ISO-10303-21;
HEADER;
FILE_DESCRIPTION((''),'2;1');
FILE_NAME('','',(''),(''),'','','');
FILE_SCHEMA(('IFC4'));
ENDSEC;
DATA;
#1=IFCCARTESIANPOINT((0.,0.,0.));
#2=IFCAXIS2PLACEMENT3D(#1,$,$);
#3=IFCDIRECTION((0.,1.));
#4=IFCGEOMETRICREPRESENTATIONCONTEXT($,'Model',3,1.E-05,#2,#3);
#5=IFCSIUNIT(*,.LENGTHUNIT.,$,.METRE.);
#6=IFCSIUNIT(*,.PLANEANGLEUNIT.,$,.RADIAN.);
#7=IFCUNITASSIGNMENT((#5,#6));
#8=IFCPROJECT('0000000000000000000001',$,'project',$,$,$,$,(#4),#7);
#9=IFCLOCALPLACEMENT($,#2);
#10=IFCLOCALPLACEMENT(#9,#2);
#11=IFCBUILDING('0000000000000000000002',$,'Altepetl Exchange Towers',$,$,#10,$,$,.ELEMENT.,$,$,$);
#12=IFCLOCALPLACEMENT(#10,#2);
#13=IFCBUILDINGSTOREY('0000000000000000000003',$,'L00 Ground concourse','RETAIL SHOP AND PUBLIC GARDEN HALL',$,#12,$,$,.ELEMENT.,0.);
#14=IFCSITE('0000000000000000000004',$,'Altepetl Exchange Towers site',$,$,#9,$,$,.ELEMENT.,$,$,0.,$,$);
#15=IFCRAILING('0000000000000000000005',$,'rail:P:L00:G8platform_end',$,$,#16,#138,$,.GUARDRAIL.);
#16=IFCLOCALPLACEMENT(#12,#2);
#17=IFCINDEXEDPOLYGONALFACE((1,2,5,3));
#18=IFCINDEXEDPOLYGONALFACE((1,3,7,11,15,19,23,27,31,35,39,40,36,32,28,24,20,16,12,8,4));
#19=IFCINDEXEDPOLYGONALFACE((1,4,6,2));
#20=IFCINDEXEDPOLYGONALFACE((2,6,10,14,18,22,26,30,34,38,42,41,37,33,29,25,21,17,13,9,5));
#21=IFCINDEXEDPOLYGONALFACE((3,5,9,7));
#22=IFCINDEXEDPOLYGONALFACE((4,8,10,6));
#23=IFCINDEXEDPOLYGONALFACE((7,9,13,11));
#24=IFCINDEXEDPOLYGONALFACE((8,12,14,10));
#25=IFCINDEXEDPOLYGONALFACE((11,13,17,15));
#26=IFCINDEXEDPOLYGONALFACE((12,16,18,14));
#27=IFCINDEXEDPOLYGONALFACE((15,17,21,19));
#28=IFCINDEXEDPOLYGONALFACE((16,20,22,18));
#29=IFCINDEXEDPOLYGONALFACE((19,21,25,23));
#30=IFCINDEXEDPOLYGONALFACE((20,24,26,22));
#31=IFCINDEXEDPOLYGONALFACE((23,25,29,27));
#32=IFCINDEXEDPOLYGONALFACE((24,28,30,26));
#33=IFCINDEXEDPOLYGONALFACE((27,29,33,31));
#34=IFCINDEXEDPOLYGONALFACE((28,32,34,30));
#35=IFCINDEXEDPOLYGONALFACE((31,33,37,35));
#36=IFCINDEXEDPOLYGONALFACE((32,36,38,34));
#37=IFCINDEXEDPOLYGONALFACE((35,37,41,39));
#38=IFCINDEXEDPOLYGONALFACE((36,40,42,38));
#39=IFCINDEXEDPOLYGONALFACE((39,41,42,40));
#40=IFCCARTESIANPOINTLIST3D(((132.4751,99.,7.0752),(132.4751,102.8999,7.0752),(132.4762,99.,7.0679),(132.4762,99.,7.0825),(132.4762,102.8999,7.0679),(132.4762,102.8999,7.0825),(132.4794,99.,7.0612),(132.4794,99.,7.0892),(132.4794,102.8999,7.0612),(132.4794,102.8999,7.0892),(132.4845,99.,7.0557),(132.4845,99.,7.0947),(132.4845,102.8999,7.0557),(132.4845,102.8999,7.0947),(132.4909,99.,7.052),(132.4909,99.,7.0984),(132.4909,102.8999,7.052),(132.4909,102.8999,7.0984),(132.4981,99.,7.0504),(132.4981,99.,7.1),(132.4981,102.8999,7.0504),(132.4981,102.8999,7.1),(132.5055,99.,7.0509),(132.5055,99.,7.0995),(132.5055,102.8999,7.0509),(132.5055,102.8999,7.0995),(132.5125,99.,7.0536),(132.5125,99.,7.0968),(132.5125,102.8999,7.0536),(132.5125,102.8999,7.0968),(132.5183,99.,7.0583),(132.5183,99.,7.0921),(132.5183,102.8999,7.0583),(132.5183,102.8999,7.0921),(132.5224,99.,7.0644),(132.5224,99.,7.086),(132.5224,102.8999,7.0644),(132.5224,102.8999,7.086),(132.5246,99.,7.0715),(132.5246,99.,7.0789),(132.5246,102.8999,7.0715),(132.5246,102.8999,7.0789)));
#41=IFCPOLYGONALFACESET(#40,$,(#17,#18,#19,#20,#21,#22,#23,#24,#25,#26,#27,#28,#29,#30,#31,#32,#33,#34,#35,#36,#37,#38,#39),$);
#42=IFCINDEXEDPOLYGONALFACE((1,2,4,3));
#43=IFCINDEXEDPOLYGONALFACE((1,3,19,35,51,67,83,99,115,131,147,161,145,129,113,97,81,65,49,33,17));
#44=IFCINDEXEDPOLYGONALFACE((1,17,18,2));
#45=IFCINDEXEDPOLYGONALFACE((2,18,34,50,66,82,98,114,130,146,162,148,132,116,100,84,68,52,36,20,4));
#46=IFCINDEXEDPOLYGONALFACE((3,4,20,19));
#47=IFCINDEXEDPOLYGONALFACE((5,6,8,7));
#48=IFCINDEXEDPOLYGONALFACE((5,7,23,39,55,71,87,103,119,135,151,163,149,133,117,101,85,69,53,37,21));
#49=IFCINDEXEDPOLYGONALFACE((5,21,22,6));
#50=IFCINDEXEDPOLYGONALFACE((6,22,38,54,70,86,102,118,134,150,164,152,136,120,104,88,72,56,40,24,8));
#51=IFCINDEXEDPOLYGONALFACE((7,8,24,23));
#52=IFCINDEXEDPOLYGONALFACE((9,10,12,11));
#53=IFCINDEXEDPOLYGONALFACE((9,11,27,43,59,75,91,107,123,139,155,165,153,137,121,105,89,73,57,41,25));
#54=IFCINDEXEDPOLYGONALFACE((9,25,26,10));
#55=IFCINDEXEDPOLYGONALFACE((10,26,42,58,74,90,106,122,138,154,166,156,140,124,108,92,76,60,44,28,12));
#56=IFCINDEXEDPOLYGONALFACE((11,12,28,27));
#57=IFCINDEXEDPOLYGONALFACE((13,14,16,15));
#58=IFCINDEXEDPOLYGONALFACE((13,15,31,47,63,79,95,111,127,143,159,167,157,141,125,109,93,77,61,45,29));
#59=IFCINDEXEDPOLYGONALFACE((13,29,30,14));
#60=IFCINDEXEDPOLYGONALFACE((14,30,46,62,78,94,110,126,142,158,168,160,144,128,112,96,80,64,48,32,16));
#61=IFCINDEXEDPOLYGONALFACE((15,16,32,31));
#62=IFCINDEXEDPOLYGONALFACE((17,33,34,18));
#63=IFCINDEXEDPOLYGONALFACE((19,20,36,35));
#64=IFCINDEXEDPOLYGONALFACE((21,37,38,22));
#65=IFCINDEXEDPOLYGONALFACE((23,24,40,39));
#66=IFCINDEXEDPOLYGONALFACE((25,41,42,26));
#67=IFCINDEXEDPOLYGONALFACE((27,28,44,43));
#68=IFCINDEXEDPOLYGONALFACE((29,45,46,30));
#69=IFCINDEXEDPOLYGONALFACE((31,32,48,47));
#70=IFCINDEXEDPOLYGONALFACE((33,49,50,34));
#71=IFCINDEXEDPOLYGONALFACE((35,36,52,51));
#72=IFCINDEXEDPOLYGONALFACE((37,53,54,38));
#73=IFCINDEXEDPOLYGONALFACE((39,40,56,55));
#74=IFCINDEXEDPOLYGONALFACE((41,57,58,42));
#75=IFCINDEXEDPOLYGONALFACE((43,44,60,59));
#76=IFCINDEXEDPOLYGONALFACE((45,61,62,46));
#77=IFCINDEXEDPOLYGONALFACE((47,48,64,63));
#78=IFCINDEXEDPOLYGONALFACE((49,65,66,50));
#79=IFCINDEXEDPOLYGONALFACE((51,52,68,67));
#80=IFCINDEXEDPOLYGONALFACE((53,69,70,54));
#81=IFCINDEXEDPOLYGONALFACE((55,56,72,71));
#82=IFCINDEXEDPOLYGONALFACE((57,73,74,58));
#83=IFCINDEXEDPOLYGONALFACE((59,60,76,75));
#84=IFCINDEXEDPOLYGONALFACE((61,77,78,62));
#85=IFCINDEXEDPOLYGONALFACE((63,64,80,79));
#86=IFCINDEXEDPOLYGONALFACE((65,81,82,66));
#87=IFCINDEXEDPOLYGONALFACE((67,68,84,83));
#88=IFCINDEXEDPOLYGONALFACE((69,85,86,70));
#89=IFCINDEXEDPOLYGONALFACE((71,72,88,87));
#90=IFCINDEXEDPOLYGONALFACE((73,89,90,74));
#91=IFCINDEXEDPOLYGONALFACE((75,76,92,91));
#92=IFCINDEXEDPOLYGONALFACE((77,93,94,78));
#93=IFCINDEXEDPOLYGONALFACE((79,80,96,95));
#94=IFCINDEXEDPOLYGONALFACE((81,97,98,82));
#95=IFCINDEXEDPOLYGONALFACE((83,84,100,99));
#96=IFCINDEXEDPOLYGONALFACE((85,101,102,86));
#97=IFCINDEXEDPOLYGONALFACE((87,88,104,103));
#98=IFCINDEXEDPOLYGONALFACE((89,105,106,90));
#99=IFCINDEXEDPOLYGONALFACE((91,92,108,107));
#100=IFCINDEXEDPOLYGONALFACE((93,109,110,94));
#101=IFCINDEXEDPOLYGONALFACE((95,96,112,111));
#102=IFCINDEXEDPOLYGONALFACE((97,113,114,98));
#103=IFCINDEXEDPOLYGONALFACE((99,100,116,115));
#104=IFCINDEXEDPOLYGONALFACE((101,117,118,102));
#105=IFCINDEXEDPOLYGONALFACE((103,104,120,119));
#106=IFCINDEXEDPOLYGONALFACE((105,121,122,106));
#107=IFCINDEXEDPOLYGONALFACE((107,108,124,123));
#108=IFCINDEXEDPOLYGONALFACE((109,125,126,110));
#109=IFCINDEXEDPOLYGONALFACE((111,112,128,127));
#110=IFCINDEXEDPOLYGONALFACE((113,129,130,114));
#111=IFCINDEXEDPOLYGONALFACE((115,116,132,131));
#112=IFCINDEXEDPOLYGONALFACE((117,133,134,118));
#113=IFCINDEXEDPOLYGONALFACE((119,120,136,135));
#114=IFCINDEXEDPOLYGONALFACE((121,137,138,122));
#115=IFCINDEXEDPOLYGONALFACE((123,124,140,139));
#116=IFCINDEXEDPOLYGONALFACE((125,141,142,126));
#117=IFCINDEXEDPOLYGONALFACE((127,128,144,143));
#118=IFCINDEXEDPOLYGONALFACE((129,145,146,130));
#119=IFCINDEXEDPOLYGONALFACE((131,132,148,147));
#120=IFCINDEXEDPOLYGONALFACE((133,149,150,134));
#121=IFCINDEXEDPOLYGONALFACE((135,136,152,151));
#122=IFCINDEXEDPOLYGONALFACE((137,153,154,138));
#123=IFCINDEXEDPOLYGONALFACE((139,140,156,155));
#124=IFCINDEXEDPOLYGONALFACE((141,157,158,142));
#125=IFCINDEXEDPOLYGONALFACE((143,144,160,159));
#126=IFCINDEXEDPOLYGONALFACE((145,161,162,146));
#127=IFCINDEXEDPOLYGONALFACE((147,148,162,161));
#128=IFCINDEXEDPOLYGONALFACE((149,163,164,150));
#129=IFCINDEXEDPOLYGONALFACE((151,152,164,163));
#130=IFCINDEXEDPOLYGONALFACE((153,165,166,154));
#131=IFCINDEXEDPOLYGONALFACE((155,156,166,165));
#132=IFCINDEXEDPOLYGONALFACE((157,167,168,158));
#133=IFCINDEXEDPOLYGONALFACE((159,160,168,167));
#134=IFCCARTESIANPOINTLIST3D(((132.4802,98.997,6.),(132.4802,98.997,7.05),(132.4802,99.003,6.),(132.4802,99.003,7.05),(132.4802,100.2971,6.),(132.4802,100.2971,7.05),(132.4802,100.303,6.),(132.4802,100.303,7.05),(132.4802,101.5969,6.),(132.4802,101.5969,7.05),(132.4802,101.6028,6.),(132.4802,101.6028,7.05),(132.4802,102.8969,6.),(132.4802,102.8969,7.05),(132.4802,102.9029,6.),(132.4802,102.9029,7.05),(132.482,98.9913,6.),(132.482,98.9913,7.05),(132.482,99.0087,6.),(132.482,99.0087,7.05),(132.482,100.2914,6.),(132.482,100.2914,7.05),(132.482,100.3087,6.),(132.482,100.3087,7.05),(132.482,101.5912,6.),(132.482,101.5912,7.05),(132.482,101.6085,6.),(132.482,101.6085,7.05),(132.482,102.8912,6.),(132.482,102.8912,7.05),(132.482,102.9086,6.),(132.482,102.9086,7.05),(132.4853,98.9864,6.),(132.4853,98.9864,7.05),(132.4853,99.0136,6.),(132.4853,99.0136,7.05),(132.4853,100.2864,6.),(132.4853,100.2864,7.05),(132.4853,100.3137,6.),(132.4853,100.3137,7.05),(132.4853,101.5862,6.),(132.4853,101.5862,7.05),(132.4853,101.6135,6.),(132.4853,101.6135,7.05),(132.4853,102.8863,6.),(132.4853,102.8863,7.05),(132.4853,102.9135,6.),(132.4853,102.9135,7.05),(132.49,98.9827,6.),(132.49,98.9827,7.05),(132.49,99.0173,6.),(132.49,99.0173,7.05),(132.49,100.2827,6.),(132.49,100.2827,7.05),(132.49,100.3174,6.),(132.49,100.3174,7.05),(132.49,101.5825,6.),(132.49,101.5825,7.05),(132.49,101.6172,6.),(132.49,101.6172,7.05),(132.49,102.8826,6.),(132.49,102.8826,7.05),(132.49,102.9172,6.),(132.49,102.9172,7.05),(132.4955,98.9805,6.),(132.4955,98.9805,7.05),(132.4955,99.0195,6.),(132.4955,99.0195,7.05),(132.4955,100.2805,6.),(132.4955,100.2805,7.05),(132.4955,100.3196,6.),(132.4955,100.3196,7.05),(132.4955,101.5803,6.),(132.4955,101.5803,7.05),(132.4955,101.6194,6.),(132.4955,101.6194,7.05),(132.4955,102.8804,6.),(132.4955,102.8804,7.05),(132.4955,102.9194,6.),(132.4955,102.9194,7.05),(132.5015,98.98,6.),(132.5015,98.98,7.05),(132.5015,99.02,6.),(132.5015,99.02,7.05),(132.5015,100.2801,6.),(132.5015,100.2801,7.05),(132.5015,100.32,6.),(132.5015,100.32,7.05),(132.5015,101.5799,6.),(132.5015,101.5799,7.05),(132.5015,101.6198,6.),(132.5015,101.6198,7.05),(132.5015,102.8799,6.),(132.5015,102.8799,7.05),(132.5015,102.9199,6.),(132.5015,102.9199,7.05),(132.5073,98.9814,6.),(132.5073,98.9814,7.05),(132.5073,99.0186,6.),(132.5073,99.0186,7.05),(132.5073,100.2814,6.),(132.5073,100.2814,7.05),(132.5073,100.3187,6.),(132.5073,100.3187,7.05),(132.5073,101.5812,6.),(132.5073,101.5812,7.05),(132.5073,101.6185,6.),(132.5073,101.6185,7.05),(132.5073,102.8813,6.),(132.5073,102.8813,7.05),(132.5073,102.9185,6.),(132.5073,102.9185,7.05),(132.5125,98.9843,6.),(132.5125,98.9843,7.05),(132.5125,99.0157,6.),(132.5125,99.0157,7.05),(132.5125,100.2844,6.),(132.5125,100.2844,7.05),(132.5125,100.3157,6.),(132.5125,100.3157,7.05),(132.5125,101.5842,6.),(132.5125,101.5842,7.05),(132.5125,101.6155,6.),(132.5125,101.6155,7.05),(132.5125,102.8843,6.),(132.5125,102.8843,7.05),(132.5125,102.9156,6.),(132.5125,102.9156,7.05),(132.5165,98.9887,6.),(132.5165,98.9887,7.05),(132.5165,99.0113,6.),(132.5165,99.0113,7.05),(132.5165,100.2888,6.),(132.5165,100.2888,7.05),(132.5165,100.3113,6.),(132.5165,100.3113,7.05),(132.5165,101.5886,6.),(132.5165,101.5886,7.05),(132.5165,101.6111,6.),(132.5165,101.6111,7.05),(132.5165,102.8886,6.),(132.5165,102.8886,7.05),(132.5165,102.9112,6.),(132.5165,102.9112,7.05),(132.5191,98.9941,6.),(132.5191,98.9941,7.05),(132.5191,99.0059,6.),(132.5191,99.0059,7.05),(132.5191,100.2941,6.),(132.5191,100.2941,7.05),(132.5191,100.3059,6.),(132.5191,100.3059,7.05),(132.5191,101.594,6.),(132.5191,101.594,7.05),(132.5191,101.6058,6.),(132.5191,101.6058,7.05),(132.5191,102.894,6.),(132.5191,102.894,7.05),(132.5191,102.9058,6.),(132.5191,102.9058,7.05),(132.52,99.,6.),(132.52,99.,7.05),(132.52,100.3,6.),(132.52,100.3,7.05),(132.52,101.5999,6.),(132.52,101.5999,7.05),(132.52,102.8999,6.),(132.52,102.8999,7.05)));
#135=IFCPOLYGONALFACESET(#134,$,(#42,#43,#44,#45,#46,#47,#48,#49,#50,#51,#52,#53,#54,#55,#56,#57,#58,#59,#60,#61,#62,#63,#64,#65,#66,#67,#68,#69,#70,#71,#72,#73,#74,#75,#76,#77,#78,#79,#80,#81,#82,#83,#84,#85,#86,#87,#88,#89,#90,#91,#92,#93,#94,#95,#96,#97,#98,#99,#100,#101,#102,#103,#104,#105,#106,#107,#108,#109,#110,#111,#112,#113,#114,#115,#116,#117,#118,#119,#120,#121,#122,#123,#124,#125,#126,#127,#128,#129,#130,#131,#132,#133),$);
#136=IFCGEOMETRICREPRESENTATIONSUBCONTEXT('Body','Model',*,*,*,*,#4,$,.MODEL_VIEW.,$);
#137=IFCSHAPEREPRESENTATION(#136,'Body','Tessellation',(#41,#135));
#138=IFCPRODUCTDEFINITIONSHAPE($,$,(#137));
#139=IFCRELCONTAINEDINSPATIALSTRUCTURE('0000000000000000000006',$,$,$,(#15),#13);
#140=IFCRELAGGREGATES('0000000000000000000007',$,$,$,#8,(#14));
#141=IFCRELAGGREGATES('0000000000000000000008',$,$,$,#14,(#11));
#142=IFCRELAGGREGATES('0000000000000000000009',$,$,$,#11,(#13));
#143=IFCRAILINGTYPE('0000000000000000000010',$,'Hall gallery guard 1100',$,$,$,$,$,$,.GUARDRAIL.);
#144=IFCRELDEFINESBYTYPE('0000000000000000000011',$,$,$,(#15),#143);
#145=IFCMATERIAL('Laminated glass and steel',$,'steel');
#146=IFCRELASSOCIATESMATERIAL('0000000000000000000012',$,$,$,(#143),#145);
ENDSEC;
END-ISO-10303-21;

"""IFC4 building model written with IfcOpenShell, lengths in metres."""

from ifc_helpers import new_model, si_unit, direction, frame, origin, origin_2d, place, context, subcontext, project, spatial, circle, extrude, source, transform, mapped, material, type_object, element, save


model = new_model("IFC4")

# Units and contexts
model_context = context("Model", 3, precision=1e-05, world=origin(), true_north=direction((0.0, 1.0)))
body_context = subcontext(model_context, "Body", "Model", "MODEL_VIEW")
ifc_project = project(units=[si_unit("LENGTHUNIT", "METRE"), si_unit("PLANEANGLEUNIT", "RADIAN")], contexts=[model_context])

# Site, building, storey
site_placement = place(None, origin())
site = spatial("IfcSite", under=ifc_project, at=site_placement, Name="Altepetl Exchange Towers site", CompositionType="ELEMENT", RefElevation=0.0)
building_placement = place(site_placement, origin())
building = spatial("IfcBuilding", under=site, at=building_placement, Name="Altepetl Exchange Towers", CompositionType="ELEMENT")
storey_placement = place(building_placement, origin())
storey = spatial("IfcBuildingStorey", under=building, at=storey_placement, Name="L00 Ground concourse", Description="RETAIL SHOP AND PUBLIC GARDEN HALL", CompositionType="ELEMENT", Elevation=0.0)

# Railing
ifc_material_1 = material(Name="Laminated glass and steel", Category="steel")
railing_type = type_object("IfcRailingType", Name="Hall gallery guard 1100", PredefinedType="GUARDRAIL", material=ifc_material_1)
shared_shape = source(origin(), body_context, "Body", "SweptSolid", [
    extrude(circle(Radius=0.02, at=origin_2d()), origin(), (0.0, 0.0, 1.0), 1.05),
])
railing_1_placement = place(storey_placement, frame((132.5, 99.0, 6.0)))
element("IfcRailing", 1, at=railing_1_placement, inside=storey, type_object=railing_type, Name="rail:P:L00:G8platform_end", PredefinedType="GUARDRAIL", context=body_context, shape_type="SweptSolid", body=[
    extrude(circle(Radius=0.0249, at=origin_2d()), frame((0.0, 0.0, 1.0752), z_axis=(0.0, 1.0, 0.0), x_axis=(-1.0, 0.0, 0.0)), (0.0, 0.0, 1.0), 3.8999),
    mapped(shared_shape, transform((0.0, 0.0, 0.0))),
    mapped(shared_shape, transform((0.0, 1.3, 0.0))),
    mapped(shared_shape, transform((0.0, 2.5999, 0.0))),
    mapped(shared_shape, transform((0.0, 3.8999, 0.0))),
])

save(model, "model.ifc")
